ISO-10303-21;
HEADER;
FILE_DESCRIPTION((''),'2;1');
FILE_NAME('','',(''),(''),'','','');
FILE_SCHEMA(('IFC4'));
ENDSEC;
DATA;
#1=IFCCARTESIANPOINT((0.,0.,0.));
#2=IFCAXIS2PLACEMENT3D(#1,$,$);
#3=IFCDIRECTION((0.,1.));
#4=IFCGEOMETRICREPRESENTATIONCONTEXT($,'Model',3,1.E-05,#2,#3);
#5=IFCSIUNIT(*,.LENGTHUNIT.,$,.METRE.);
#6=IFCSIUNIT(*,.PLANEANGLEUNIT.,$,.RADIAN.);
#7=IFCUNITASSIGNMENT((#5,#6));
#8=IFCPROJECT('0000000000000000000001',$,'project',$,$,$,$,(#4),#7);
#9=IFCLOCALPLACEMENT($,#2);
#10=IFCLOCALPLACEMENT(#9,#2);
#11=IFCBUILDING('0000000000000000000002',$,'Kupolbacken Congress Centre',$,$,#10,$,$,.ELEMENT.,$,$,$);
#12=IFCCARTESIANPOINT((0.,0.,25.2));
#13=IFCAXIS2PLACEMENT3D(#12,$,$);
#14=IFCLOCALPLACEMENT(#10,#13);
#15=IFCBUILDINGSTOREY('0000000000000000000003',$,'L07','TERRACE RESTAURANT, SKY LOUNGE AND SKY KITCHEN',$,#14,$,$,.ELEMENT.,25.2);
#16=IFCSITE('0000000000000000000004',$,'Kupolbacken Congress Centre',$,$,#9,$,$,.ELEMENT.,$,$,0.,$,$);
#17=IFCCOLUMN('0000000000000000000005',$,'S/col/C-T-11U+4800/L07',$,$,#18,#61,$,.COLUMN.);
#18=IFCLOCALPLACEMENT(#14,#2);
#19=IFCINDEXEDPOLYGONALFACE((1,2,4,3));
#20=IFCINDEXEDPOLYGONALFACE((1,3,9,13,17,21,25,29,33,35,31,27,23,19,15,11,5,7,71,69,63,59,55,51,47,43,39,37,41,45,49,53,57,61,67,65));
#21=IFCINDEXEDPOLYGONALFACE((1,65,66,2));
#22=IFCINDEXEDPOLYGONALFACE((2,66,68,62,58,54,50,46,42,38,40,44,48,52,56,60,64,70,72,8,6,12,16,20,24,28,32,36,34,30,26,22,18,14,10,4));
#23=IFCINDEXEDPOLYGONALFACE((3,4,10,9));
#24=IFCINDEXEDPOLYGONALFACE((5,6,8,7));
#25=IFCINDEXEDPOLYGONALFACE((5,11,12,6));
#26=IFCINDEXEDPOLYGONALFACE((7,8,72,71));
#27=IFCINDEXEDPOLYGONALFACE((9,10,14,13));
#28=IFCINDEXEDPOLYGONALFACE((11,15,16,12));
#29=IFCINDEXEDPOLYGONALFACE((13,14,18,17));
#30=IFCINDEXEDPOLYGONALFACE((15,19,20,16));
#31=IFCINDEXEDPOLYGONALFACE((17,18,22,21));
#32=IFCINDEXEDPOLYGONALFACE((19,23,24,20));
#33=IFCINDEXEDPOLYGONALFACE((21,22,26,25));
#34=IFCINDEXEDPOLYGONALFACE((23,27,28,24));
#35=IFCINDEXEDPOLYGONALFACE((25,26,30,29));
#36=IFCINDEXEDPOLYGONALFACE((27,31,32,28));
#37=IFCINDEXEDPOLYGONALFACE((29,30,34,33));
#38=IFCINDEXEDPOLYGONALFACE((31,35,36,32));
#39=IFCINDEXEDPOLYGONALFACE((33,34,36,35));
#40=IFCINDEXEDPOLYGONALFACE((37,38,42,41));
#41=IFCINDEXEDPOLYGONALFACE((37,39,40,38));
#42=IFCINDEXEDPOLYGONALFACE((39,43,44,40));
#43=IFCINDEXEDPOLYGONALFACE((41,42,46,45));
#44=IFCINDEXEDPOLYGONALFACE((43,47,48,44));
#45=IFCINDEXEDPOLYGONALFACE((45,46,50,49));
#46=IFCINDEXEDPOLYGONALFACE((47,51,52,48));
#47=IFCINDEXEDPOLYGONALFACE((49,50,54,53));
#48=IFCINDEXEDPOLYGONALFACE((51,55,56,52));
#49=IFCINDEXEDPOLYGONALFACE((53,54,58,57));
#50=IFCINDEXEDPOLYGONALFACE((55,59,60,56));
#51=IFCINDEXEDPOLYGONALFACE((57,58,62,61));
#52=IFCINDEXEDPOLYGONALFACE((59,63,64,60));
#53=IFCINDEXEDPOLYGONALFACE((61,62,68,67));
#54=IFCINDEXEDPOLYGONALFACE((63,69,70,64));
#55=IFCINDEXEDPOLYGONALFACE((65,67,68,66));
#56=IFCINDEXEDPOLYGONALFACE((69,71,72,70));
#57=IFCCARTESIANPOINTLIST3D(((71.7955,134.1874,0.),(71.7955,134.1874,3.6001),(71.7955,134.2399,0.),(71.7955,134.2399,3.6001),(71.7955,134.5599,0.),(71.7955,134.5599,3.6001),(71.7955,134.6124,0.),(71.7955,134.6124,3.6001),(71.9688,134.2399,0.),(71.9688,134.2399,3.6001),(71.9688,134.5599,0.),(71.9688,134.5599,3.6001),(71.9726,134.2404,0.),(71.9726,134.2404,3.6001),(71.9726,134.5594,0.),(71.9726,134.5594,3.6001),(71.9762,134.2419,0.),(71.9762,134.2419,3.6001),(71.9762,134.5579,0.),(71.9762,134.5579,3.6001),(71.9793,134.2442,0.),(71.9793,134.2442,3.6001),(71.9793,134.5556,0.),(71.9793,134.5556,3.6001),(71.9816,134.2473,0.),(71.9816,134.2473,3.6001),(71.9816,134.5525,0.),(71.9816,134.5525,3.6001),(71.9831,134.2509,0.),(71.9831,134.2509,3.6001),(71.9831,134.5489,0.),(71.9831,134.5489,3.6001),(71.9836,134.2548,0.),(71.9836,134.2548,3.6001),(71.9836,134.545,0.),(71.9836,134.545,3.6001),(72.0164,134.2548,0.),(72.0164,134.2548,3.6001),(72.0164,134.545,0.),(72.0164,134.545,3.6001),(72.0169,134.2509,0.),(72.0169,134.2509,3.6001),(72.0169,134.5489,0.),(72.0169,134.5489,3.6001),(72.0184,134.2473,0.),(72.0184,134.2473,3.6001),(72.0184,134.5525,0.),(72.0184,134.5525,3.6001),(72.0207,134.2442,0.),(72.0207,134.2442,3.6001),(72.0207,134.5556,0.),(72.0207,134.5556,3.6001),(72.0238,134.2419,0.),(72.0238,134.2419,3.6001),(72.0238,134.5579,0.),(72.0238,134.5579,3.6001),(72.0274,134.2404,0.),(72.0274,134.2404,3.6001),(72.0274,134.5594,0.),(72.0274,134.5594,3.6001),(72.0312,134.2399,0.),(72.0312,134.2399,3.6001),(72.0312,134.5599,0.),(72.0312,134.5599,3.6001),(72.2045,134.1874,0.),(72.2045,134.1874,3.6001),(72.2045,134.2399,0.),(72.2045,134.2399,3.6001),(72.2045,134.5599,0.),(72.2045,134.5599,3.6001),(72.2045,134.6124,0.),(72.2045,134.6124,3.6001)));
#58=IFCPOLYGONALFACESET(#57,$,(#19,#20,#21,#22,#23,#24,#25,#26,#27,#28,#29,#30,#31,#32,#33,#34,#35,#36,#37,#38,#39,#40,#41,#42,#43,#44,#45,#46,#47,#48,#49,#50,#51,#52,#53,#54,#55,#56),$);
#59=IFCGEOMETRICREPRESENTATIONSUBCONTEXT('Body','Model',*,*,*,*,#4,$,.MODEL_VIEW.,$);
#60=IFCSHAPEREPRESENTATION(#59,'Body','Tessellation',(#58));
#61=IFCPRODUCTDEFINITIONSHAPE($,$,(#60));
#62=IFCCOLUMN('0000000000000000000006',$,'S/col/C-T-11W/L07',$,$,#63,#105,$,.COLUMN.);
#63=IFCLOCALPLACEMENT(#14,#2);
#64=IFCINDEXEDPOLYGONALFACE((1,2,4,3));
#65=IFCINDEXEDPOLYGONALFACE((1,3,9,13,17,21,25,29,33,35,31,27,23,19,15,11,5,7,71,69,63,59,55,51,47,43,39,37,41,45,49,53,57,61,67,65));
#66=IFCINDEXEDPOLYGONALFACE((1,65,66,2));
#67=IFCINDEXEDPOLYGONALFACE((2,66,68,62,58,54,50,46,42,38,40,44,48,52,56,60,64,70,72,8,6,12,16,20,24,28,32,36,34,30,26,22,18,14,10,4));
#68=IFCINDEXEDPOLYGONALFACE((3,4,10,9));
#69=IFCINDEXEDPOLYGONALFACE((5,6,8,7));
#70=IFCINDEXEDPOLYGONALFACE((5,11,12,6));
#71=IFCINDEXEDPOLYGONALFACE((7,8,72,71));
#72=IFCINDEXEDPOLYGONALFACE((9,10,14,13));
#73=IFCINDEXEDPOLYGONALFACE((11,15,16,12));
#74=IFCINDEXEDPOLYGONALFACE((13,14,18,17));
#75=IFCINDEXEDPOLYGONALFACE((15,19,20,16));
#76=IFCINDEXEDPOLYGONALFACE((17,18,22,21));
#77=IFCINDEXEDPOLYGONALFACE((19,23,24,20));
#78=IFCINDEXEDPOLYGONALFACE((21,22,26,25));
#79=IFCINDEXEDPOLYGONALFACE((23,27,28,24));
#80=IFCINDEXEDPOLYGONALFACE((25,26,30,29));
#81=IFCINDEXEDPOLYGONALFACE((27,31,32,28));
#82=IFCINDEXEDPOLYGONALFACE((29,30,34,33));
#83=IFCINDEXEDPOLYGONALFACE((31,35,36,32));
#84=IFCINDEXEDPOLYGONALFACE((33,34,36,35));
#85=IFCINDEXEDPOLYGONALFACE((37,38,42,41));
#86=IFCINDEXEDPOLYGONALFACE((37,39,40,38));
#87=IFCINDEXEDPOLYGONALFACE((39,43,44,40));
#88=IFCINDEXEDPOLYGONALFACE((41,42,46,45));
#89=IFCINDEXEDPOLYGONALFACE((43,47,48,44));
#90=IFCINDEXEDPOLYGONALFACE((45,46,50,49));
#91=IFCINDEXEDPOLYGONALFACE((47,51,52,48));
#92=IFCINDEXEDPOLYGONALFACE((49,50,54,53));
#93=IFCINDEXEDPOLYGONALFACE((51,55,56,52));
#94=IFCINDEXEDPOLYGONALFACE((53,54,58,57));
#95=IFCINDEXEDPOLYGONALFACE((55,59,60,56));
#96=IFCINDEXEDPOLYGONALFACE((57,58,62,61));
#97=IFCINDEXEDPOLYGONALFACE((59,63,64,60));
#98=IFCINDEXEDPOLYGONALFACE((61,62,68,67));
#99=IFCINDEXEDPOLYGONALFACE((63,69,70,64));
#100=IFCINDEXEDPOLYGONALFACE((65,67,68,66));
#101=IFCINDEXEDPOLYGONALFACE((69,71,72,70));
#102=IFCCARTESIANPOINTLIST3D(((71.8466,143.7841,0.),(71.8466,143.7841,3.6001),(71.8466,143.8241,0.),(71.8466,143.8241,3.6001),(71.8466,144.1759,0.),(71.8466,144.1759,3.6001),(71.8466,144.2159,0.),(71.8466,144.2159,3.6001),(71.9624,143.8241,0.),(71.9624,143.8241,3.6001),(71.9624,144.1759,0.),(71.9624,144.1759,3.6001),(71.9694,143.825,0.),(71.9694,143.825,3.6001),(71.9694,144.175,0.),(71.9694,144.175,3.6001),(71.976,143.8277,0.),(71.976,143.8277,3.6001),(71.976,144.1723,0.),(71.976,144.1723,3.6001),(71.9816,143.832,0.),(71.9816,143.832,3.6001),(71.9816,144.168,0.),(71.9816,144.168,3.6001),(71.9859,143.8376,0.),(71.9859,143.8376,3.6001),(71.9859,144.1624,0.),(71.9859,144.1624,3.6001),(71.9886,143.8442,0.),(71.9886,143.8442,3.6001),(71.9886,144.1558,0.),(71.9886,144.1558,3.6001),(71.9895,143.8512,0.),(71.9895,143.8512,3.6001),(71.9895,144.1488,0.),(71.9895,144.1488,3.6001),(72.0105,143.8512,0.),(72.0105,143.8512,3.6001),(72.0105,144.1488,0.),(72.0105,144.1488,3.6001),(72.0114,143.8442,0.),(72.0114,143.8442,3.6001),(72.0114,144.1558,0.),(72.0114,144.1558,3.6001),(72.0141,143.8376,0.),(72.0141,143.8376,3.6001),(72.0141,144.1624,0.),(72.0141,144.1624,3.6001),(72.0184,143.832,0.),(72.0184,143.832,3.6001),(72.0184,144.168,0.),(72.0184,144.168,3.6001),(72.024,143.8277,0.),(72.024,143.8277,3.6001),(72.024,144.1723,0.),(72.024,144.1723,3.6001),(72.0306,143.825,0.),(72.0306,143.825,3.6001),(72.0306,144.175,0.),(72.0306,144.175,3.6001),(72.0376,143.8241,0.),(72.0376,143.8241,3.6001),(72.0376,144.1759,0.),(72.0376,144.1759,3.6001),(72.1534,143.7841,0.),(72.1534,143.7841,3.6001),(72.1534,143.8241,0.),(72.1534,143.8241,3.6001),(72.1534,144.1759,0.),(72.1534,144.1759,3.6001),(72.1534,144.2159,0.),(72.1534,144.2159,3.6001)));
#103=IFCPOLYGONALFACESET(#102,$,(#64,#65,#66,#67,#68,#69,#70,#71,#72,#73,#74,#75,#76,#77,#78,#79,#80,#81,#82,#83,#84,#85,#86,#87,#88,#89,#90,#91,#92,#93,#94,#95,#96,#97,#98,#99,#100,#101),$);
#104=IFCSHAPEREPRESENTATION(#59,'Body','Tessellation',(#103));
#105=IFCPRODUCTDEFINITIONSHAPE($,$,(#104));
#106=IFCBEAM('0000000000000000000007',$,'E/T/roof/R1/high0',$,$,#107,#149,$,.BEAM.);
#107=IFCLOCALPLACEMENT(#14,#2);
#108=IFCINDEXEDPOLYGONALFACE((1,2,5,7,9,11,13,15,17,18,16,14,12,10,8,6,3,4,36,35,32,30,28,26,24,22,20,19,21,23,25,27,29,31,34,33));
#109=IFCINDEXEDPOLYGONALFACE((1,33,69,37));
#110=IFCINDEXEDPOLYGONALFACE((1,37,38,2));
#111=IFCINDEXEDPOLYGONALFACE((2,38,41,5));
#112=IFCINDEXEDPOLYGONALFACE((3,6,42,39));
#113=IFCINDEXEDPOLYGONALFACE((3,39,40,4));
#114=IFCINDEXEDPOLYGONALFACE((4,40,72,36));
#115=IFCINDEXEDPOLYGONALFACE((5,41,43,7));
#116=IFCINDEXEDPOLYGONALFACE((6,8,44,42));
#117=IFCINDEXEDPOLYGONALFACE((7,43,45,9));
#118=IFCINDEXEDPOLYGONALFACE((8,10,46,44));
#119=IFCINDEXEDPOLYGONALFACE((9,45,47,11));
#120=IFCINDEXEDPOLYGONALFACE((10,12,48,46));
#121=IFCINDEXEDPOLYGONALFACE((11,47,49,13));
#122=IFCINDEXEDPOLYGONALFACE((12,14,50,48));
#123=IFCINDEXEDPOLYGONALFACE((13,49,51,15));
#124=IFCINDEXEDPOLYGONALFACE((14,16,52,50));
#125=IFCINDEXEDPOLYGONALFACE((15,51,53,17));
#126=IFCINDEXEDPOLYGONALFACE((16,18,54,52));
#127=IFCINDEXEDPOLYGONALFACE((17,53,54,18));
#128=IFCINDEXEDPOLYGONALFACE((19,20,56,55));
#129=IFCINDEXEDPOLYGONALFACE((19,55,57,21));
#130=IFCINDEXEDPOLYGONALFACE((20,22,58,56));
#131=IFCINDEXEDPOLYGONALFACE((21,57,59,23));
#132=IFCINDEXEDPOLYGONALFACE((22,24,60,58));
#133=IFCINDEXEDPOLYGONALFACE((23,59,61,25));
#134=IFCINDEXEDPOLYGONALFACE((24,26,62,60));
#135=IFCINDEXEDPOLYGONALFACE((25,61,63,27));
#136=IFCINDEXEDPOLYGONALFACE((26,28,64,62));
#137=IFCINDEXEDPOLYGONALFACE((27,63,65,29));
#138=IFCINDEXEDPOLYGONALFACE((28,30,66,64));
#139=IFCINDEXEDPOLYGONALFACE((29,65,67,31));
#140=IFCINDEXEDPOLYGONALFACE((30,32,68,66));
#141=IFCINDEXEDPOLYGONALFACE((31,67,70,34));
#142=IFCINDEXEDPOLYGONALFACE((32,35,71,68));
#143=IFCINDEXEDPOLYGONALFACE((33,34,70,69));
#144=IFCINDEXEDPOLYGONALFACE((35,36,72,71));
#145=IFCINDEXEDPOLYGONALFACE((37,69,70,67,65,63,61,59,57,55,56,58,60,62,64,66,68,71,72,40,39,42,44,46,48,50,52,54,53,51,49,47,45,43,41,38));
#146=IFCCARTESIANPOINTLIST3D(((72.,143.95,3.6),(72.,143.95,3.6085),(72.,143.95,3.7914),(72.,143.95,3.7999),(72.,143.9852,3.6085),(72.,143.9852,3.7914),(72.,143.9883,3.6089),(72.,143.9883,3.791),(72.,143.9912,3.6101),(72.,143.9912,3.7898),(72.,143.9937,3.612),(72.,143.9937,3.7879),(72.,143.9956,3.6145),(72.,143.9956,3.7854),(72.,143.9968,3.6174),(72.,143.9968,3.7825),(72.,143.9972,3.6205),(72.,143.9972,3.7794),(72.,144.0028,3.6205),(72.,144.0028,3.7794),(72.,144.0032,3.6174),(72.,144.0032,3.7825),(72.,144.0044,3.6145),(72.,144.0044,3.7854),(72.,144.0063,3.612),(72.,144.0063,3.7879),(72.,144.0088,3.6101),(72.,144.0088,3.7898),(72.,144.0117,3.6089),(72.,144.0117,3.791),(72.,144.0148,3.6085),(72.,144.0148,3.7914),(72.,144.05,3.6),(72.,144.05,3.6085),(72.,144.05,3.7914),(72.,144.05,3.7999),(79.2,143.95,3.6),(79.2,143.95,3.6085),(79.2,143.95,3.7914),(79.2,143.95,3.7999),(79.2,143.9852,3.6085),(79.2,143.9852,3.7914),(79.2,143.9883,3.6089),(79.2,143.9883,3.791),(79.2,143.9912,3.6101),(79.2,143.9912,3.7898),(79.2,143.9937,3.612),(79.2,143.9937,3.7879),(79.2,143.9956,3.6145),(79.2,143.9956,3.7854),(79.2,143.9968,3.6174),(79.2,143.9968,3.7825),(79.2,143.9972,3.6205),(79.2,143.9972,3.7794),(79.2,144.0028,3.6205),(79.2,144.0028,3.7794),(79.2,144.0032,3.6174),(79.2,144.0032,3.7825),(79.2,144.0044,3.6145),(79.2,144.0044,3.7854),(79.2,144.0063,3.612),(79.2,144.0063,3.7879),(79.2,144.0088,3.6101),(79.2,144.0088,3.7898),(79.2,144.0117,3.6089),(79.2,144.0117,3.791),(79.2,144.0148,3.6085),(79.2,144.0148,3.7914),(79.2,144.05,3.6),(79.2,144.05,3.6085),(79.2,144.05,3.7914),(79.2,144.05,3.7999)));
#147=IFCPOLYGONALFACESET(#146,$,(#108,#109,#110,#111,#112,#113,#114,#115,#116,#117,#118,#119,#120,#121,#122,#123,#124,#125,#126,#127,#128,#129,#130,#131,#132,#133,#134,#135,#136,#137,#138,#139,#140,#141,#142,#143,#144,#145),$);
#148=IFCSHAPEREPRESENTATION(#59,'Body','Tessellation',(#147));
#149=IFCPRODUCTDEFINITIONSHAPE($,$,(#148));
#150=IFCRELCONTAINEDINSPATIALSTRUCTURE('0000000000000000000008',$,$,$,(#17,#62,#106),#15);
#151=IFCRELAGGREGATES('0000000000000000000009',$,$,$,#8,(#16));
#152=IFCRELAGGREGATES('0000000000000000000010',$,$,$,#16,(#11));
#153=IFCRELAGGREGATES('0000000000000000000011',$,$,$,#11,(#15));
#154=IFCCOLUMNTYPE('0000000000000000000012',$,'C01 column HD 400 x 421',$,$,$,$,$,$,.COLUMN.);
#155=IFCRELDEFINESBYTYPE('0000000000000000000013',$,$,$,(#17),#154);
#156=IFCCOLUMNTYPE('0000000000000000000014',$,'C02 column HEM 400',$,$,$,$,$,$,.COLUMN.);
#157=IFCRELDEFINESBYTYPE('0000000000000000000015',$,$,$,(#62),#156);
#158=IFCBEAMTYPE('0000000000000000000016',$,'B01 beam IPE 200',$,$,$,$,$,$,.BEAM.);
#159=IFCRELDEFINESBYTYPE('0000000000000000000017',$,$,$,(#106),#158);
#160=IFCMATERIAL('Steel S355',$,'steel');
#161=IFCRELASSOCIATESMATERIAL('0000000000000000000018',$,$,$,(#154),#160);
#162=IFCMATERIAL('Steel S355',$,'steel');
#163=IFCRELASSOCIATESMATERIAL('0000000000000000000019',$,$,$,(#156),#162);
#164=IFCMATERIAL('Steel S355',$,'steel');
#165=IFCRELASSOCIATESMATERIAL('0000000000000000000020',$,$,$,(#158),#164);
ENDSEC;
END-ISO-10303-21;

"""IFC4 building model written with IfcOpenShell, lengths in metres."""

from ifc_helpers import new_model, si_unit, direction, frame, origin, origin_2d, place, context, subcontext, project, spatial, i_section, extrude, material, material_profile, profile_set, type_object, element, save


model = new_model("IFC4")

# Units and contexts
model_context = context("Model", 3, precision=1e-05, world=origin(), true_north=direction((0.0, 1.0)))
body_context = subcontext(model_context, "Body", "Model", "MODEL_VIEW")
ifc_project = project(units=[si_unit("LENGTHUNIT", "METRE"), si_unit("PLANEANGLEUNIT", "RADIAN")], contexts=[model_context])

# Site, building, storey
site_placement = place(None, origin())
site = spatial("IfcSite", under=ifc_project, at=site_placement, Name="Kupolbacken Congress Centre", CompositionType="ELEMENT", RefElevation=0.0)
building_placement = place(site_placement, origin())
building = spatial("IfcBuilding", under=site, at=building_placement, Name="Kupolbacken Congress Centre", CompositionType="ELEMENT")
storey_placement = place(building_placement, frame((0.0, 0.0, 25.2)))
storey = spatial("IfcBuildingStorey", under=building, at=storey_placement, Name="L07", Description="TERRACE RESTAURANT, SKY LOUNGE AND SKY KITCHEN", CompositionType="ELEMENT", Elevation=25.2)

# Columns
ifc_material_1 = material(Name="Steel S355", Category="steel")
ifc_material_profile_1 = material_profile(ifc_material_1, i_section(OverallWidth=0.4089, OverallDepth=0.425, WebThickness=0.0327, FlangeThickness=0.0525, FilletRadius=0.0149, at=origin_2d()), Name="HD 400 x 421")
ifc_profile_set_1 = profile_set([ifc_material_profile_1], Name="Steel S355")
column_type_1 = type_object("IfcColumnType", Name="C01 column HD 400 x 421", PredefinedType="COLUMN", material=ifc_profile_set_1)
column_1_placement = place(storey_placement, frame((72.0, 134.3999, 0.0), z_axis=(0.0, 0.0, 1.0), x_axis=(1.0, 0.0, 0.0)))
element("IfcColumn", 1, at=column_1_placement, inside=storey, type_object=column_type_1, Name="S/col/C-T-11U+4800/L07", PredefinedType="COLUMN", context=body_context, shape_type="SweptSolid", body=[
    extrude(i_section(OverallWidth=0.4089, OverallDepth=0.425, WebThickness=0.0327, FlangeThickness=0.0525, FilletRadius=0.0149, at=origin_2d()), origin(), (0.0, 0.0, 1.0), 3.6001),
])
ifc_material_2 = material(Name="Steel S355", Category="steel")
ifc_material_profile_2 = material_profile(ifc_material_2, i_section(OverallWidth=0.3069, OverallDepth=0.4319, WebThickness=0.021, FlangeThickness=0.04, FilletRadius=0.0271, at=origin_2d()), Name="HEM 400")
ifc_profile_set_2 = profile_set([ifc_material_profile_2], Name="Steel S355")
column_type_2 = type_object("IfcColumnType", Name="C02 column HEM 400", PredefinedType="COLUMN", material=ifc_profile_set_2)
column_2_placement = place(storey_placement, frame((72.0, 144.0, 0.0), z_axis=(0.0, 0.0, 1.0), x_axis=(1.0, 0.0, 0.0)))
element("IfcColumn", 2, at=column_2_placement, inside=storey, type_object=column_type_2, Name="S/col/C-T-11W/L07", PredefinedType="COLUMN", context=body_context, shape_type="SweptSolid", body=[
    extrude(i_section(OverallWidth=0.3069, OverallDepth=0.4319, WebThickness=0.021, FlangeThickness=0.04, FilletRadius=0.0271, at=origin_2d()), origin(), (0.0, 0.0, 1.0), 3.6001),
])

# Beam
ifc_material_3 = material(Name="Steel S355", Category="steel")
ifc_material_profile_3 = material_profile(ifc_material_3, i_section(OverallWidth=0.1001, OverallDepth=0.2, WebThickness=0.0056, FlangeThickness=0.0085, FilletRadius=0.012, at=origin_2d()), Name="IPE 200")
ifc_profile_set_3 = profile_set([ifc_material_profile_3], Name="Steel S355")
beam_type_1 = type_object("IfcBeamType", Name="B01 beam IPE 200", PredefinedType="BEAM", material=ifc_profile_set_3)
beam_1_placement = place(storey_placement, frame((72.0, 144.0, 3.7), z_axis=(1.0, 0.0, 0.0), x_axis=(0.0, 1.0, 0.0)))
element("IfcBeam", 3, at=beam_1_placement, inside=storey, type_object=beam_type_1, Name="E/T/roof/R1/high0", PredefinedType="BEAM", context=body_context, shape_type="SweptSolid", body=[
    extrude(i_section(OverallWidth=0.1001, OverallDepth=0.2, WebThickness=0.0056, FlangeThickness=0.0085, FilletRadius=0.012, at=origin_2d()), origin(), (0.0, 0.0, 1.0), 7.2),
])

save(model, "model.ifc")
